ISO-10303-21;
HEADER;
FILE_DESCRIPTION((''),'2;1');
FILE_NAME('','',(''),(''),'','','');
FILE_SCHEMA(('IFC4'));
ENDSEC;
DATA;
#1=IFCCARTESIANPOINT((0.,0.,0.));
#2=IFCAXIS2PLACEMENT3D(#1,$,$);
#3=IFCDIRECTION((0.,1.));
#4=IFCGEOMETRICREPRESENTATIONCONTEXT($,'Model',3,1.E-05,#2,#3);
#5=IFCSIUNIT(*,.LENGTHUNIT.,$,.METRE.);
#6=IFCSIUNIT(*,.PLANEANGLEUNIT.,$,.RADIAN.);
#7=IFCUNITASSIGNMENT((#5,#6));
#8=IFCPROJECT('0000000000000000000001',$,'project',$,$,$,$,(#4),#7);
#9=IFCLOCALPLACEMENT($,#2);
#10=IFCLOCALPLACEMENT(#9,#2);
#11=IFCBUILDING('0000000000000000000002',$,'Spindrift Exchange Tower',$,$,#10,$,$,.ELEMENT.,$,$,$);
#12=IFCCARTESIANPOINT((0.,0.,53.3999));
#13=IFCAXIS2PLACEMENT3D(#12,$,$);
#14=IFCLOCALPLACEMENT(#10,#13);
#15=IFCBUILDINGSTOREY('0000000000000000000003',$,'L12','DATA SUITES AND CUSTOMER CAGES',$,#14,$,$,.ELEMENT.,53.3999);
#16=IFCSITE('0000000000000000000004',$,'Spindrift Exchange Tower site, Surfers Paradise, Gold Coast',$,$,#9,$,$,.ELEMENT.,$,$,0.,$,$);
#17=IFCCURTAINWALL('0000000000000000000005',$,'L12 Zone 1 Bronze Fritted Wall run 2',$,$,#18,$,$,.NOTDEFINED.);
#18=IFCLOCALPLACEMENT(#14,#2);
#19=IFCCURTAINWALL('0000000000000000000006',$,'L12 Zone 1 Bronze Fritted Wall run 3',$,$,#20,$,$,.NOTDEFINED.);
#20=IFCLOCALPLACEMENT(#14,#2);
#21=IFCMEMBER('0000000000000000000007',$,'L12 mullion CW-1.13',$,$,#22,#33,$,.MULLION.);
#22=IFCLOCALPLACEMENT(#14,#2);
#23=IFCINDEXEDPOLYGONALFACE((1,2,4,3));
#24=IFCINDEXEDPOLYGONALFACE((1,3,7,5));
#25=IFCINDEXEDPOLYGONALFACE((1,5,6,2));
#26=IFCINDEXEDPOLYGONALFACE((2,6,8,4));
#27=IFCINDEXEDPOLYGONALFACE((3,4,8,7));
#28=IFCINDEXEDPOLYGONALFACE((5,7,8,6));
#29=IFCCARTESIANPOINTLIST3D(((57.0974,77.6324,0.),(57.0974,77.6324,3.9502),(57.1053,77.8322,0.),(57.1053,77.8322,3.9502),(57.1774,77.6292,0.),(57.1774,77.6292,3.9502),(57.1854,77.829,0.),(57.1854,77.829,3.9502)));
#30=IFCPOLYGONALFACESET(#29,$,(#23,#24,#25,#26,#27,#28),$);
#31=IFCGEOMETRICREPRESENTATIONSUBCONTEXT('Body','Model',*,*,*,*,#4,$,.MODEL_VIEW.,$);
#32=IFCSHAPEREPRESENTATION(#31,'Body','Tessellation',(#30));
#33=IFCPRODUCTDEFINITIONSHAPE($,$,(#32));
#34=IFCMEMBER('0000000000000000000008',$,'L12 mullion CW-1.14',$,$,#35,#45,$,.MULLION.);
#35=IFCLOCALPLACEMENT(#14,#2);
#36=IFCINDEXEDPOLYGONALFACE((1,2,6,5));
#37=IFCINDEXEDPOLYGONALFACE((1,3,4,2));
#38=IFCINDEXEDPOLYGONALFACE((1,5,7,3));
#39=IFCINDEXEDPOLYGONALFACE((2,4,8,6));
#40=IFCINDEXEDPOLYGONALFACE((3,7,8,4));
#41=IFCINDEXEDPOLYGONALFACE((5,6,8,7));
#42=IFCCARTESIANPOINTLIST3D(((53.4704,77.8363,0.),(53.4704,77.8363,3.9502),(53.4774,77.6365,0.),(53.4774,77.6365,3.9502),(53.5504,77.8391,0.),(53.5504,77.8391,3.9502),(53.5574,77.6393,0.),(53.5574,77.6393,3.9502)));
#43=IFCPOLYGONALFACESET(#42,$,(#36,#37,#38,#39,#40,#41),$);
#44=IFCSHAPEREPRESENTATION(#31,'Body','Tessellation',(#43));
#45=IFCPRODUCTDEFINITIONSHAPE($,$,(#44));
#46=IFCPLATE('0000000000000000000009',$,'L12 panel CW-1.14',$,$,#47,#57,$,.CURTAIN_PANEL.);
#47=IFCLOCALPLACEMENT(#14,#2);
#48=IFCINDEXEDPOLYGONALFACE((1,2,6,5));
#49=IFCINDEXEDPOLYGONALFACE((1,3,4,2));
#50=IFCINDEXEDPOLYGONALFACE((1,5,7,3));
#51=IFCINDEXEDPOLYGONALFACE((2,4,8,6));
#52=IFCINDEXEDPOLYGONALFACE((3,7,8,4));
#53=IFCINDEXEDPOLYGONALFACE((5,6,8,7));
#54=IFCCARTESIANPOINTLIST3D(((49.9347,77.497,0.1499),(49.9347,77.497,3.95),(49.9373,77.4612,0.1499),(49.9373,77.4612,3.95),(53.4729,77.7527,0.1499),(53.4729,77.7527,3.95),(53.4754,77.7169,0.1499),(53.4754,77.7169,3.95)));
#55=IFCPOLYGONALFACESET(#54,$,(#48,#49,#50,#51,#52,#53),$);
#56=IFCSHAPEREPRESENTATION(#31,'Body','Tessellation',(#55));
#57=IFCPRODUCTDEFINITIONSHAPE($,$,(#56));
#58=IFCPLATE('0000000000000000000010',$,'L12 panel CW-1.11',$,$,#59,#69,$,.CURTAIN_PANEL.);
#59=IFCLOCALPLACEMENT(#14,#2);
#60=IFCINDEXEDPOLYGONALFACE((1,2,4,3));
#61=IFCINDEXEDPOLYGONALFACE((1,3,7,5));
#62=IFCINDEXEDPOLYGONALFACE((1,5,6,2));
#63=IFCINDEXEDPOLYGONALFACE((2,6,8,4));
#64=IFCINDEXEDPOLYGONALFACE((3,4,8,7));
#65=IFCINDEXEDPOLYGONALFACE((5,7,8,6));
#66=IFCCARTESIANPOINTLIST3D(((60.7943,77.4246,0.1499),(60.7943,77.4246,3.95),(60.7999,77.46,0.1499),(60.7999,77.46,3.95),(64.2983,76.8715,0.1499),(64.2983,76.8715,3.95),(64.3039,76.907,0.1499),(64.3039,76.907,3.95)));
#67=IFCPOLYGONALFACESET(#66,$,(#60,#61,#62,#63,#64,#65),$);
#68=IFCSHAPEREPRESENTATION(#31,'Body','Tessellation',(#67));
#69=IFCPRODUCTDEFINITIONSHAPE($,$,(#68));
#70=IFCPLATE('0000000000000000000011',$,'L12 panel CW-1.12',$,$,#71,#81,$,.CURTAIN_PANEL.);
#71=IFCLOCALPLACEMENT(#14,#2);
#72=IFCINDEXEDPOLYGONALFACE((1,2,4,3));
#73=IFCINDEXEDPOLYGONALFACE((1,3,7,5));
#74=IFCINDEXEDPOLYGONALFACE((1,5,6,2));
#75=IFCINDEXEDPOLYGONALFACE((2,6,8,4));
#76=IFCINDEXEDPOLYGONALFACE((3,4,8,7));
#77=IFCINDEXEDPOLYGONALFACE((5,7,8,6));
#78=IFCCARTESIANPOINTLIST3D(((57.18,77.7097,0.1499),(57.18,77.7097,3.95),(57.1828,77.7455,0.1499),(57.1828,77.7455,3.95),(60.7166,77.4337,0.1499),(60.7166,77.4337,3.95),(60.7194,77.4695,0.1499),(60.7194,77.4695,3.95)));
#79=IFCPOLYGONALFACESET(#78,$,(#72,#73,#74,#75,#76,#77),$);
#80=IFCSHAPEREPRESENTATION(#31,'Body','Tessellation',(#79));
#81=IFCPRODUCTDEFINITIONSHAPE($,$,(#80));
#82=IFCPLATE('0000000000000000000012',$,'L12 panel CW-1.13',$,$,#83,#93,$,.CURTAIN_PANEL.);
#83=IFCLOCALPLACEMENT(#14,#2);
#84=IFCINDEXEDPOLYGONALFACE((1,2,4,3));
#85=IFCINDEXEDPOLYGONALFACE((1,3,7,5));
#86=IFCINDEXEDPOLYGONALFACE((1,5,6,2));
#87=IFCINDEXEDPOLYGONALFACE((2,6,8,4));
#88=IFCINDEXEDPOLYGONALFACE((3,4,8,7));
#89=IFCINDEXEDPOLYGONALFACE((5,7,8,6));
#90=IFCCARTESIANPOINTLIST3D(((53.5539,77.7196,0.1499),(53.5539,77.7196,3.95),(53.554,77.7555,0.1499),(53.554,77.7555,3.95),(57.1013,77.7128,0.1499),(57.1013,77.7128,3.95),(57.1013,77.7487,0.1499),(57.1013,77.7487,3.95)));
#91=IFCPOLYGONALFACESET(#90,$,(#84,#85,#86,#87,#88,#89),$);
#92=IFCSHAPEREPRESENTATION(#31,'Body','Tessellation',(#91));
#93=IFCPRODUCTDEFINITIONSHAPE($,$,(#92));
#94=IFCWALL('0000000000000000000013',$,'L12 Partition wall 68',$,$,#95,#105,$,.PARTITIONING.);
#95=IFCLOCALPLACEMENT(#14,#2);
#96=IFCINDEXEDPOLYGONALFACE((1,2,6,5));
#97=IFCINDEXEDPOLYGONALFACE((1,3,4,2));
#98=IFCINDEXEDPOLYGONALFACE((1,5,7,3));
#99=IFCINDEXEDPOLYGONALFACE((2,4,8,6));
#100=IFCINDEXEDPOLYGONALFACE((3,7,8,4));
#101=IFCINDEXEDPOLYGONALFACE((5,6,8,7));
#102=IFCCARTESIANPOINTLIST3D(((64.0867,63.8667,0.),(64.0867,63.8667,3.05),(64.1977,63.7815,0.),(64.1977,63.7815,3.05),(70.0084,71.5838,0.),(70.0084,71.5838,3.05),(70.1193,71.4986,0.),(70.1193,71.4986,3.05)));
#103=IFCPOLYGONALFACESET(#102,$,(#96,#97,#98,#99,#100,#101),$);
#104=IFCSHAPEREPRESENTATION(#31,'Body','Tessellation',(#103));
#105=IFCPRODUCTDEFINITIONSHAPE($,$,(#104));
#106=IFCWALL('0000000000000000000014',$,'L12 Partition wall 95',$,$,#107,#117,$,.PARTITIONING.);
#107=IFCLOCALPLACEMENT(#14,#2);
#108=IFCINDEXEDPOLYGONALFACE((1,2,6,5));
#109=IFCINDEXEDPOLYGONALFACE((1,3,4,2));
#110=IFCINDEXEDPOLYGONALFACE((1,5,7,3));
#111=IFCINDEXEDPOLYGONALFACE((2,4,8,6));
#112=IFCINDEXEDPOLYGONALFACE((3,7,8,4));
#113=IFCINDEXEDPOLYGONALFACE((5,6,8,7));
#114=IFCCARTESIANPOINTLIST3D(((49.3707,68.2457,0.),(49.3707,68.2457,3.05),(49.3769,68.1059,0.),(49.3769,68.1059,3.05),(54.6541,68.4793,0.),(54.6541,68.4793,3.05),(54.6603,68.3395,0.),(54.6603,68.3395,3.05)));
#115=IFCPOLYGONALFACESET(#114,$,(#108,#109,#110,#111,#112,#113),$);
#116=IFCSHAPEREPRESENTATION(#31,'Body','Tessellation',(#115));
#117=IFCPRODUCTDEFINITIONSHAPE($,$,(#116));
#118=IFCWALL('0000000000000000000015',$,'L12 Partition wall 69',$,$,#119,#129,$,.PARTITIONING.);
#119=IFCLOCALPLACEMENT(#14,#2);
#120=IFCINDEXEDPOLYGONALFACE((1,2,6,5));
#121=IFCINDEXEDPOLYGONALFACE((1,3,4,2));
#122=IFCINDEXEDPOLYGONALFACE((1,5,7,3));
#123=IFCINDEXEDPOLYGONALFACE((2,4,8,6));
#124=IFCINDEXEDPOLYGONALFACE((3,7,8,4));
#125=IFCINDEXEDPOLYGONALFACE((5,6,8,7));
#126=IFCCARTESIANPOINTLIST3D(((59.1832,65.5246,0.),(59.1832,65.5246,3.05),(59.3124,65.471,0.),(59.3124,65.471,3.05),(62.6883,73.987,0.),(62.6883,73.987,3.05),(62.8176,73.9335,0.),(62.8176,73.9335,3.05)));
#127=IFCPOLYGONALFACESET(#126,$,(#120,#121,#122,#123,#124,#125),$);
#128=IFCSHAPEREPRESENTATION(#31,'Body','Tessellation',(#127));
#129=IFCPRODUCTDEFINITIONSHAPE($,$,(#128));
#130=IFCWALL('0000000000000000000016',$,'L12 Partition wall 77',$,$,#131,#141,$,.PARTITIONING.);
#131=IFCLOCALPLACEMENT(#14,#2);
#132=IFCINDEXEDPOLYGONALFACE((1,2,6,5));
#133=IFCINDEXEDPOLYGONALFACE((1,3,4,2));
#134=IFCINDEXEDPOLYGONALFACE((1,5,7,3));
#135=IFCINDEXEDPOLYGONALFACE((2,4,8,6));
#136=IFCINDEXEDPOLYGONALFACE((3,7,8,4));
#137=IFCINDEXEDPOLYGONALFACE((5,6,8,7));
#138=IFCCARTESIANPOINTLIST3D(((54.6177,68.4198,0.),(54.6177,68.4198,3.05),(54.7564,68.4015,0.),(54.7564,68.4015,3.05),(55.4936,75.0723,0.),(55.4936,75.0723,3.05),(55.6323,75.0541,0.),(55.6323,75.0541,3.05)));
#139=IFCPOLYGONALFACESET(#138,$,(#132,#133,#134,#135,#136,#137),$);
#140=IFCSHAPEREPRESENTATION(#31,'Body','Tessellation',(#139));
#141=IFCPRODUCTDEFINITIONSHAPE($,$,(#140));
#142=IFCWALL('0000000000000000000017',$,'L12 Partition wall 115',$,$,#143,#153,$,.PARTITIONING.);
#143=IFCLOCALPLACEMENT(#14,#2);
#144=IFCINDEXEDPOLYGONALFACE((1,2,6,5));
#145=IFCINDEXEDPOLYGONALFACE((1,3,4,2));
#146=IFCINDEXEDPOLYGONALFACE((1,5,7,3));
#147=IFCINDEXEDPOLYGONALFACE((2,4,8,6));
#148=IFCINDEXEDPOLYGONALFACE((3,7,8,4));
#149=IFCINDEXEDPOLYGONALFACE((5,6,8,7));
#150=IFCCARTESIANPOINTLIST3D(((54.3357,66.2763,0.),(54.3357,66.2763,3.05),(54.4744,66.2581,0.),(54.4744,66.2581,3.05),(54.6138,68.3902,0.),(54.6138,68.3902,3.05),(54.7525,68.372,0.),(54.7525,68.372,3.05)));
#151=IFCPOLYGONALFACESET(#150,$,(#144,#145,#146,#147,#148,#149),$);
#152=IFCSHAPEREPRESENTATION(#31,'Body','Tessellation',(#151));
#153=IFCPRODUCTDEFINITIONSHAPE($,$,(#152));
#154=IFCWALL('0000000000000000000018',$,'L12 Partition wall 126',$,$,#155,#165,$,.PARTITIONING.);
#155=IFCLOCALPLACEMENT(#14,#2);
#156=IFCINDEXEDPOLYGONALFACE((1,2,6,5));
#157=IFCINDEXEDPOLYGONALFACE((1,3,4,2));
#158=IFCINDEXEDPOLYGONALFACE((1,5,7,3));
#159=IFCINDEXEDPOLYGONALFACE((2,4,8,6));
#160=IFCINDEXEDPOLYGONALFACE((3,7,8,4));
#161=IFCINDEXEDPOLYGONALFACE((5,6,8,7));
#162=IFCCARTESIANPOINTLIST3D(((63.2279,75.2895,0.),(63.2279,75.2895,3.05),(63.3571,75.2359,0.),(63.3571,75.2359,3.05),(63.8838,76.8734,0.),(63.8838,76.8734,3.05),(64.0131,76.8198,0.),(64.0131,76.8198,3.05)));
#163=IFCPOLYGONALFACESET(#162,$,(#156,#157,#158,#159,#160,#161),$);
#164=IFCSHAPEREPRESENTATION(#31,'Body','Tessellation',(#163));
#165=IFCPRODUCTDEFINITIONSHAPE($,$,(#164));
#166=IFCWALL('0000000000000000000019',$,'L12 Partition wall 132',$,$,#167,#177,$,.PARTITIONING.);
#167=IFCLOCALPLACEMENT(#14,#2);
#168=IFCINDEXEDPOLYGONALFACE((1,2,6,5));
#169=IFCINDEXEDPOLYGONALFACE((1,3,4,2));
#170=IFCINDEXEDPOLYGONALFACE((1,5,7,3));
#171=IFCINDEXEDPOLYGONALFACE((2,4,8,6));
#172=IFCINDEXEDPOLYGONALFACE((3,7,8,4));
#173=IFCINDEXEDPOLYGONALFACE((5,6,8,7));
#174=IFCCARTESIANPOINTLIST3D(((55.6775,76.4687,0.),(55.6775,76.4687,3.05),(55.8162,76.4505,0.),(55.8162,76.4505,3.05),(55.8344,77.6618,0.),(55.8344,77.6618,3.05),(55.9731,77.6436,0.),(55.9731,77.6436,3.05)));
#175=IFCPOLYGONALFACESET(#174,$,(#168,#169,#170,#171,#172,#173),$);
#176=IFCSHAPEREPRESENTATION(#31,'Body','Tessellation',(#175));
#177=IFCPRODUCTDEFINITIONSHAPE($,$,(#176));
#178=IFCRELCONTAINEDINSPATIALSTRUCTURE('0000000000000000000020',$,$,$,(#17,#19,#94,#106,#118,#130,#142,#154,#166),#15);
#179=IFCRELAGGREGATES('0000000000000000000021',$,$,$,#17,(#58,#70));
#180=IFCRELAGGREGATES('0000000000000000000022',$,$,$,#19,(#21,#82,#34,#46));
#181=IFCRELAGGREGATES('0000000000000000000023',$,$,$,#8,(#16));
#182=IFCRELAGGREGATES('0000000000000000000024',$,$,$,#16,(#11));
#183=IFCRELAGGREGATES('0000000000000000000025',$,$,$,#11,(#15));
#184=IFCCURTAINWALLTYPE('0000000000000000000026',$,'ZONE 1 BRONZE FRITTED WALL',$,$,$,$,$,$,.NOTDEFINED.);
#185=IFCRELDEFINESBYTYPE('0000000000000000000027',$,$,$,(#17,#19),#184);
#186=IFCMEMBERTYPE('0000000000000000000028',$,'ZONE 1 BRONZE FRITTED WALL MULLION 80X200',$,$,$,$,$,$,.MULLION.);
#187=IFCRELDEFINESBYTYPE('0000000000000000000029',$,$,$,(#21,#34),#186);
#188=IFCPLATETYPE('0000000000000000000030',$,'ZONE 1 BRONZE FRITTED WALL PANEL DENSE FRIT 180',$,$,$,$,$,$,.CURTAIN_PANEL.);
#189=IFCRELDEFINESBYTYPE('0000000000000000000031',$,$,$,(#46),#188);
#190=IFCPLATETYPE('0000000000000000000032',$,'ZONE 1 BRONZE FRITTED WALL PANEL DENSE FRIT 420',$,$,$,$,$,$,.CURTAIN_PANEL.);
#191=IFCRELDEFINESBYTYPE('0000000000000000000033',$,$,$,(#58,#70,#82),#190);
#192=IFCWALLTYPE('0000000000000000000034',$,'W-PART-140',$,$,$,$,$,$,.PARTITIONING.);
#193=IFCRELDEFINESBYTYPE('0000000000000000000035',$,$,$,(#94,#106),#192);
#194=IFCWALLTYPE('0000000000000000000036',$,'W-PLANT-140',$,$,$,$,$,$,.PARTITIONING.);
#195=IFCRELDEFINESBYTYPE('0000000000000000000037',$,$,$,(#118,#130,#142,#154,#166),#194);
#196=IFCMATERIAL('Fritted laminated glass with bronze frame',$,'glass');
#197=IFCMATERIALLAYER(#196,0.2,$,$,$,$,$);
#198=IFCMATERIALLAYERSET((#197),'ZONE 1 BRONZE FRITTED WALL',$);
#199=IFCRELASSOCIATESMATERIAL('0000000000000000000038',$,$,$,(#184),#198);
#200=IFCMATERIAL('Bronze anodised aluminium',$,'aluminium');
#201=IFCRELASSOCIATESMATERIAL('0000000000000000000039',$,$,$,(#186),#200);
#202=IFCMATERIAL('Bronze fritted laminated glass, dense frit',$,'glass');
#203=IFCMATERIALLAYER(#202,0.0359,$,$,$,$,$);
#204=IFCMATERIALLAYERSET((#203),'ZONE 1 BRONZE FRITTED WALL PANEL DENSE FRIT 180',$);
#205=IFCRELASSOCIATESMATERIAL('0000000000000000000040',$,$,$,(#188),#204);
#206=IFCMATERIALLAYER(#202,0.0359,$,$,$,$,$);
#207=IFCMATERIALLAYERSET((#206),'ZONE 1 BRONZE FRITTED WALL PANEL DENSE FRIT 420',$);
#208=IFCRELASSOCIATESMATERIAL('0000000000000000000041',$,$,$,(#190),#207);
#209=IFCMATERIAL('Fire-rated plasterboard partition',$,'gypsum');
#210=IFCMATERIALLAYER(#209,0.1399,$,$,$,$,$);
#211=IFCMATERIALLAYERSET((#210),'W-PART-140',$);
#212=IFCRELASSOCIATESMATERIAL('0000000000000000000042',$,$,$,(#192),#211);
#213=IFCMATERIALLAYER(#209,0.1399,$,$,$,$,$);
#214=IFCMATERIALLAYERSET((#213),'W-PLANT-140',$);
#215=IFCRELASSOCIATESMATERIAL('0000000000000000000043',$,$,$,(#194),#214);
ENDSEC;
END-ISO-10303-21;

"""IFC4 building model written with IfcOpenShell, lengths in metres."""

from ifc_helpers import new_model, si_unit, direction, frame, frame_2d, origin, origin_2d, place, context, subcontext, project, spatial, rectangle, extrude, source, transform, mapped, material, layer, layer_set, material_profile, profile_set, type_object, element, aggregate, save


model = new_model("IFC4")

# Units and contexts
model_context = context("Model", 3, precision=1e-05, world=origin(), true_north=direction((0.0, 1.0)))
body_context = subcontext(model_context, "Body", "Model", "MODEL_VIEW")
ifc_project = project(units=[si_unit("LENGTHUNIT", "METRE"), si_unit("PLANEANGLEUNIT", "RADIAN")], contexts=[model_context])

# Site, building, storey
site_placement = place(None, origin())
site = spatial("IfcSite", under=ifc_project, at=site_placement, Name="Spindrift Exchange Tower site, Surfers Paradise, Gold Coast", CompositionType="ELEMENT", RefElevation=0.0)
building_placement = place(site_placement, origin())
building = spatial("IfcBuilding", under=site, at=building_placement, Name="Spindrift Exchange Tower", CompositionType="ELEMENT")
storey_placement = place(building_placement, frame((0.0, 0.0, 53.3999)))
storey = spatial("IfcBuildingStorey", under=building, at=storey_placement, Name="L12", Description="DATA SUITES AND CUSTOMER CAGES", CompositionType="ELEMENT", Elevation=53.3999)

# Curtain wall
ifc_material_1 = material(Name="Fritted laminated glass with bronze frame", Category="glass")
ifc_layer_1 = layer(ifc_material_1, 0.2)
ifc_layer_set_1 = layer_set([ifc_layer_1], Name="ZONE 1 BRONZE FRITTED WALL")
curtain_wall_type = type_object("IfcCurtainWallType", Name="ZONE 1 BRONZE FRITTED WALL", PredefinedType="NOTDEFINED", material=ifc_layer_set_1)
curtain_wall_1_placement = place(storey_placement, origin())
curtain_wall_1 = element("IfcCurtainWall", 1, at=curtain_wall_1_placement, inside=storey, type_object=curtain_wall_type, Name="L12 Zone 1 Bronze Fritted Wall run 2", PredefinedType="NOTDEFINED")
ifc_material_2 = material(Name="Bronze anodised aluminium", Category="aluminium")

# Curtain wall
curtain_wall_2_placement = place(storey_placement, origin())
curtain_wall_2 = element("IfcCurtainWall", 2, at=curtain_wall_2_placement, inside=storey, type_object=curtain_wall_type, Name="L12 Zone 1 Bronze Fritted Wall run 3", PredefinedType="NOTDEFINED")

# Members
ifc_material_profile_1 = material_profile(ifc_material_2, rectangle(XDim=0.0801, YDim=0.2, at=origin_2d()), Name="ZONE 1 BRONZE FRITTED WALL MULLION 80X200")
ifc_profile_set_1 = profile_set([ifc_material_profile_1], Name="Bronze anodised aluminium")
member_type_1 = type_object("IfcMemberType", Name="ZONE 1 BRONZE FRITTED WALL MULLION 80X200", PredefinedType="MULLION", material=ifc_profile_set_1)
shared_shape_1 = source(origin(), body_context, "Body", "SweptSolid", [
    extrude(rectangle(XDim=0.0801, YDim=0.2, at=origin_2d()), origin(), (0.0, 0.0, 1.0), 3.9502),
])
member_1_placement = place(storey_placement, frame((57.1414, 77.7307, 0.0), z_axis=(0.0, 0.0, 1.0), x_axis=(-0.999204, 0.039893, 0.0)))
member_1 = element("IfcMember", 3, at=member_1_placement, type_object=member_type_1, Name="L12 mullion CW-1.13", PredefinedType="MULLION", context=body_context, shape_type="MappedRepresentation", body=[
    mapped(shared_shape_1, transform((0.0, 0.0, 0.0), scale=1.0)),
])
member_2_placement = place(storey_placement, frame((53.5139, 77.7378, 0.0), z_axis=(0.0, 0.0, 1.0), x_axis=(-0.999384, -0.035105, 0.0)))
member_2 = element("IfcMember", 4, at=member_2_placement, type_object=member_type_1, Name="L12 mullion CW-1.14", PredefinedType="MULLION", context=body_context, shape_type="MappedRepresentation", body=[
    mapped(shared_shape_1, transform((0.0, 0.0, 0.0), scale=1.0)),
])

# Plates
ifc_material_3 = material(Name="Bronze fritted laminated glass, dense frit", Category="glass")
ifc_layer_2 = layer(ifc_material_3, 0.0359)
ifc_layer_set_2 = layer_set([ifc_layer_2], Name="ZONE 1 BRONZE FRITTED WALL PANEL DENSE FRIT 180")
plate_type_1 = type_object("IfcPlateType", Name="ZONE 1 BRONZE FRITTED WALL PANEL DENSE FRIT 180", PredefinedType="CURTAIN_PANEL", material=ifc_layer_set_2)
shared_shape_2 = source(origin(), body_context, "Body", "SweptSolid", [
    extrude(rectangle(XDim=3.5474, YDim=0.0359, at=origin_2d()), origin(), (0.0, 0.0, 1.0), 3.8),
])
plate_1_placement = place(storey_placement, frame((51.7051, 77.6069, 0.1499), z_axis=(0.0, 0.0, 1.0), x_axis=(-0.997398, -0.072091, 0.0)))
plate_1 = element("IfcPlate", 5, at=plate_1_placement, type_object=plate_type_1, Name="L12 panel CW-1.14", PredefinedType="CURTAIN_PANEL", context=body_context, shape_type="MappedRepresentation", body=[
    mapped(shared_shape_2, transform((0.0, 0.0, 0.0), scale=1.0)),
])
ifc_layer_3 = layer(ifc_material_3, 0.0359)
ifc_layer_set_3 = layer_set([ifc_layer_3], Name="ZONE 1 BRONZE FRITTED WALL PANEL DENSE FRIT 420")
plate_type_2 = type_object("IfcPlateType", Name="ZONE 1 BRONZE FRITTED WALL PANEL DENSE FRIT 420", PredefinedType="CURTAIN_PANEL", material=ifc_layer_set_3)
shared_shape_3 = source(origin(), body_context, "Body", "SweptSolid", [
    extrude(rectangle(XDim=3.5474, YDim=0.0359, at=origin_2d()), origin(), (0.0, 0.0, 1.0), 3.8),
])
plate_2_placement = place(storey_placement, frame((62.5491, 77.1658, 0.1499), z_axis=(0.0, 0.0, 1.0), x_axis=(-0.987772, 0.155903, 0.0)))
plate_2 = element("IfcPlate", 6, at=plate_2_placement, type_object=plate_type_2, Name="L12 panel CW-1.11", PredefinedType="CURTAIN_PANEL", context=body_context, shape_type="MappedRepresentation", body=[
    mapped(shared_shape_3, transform((0.0, 0.0, 0.0), scale=1.0)),
])
plate_3_placement = place(storey_placement, frame((58.9497, 77.5896, 0.1499), z_axis=(0.0, 0.0, 1.0), x_axis=(-0.996969, 0.0778, 0.0)))
plate_3 = element("IfcPlate", 7, at=plate_3_placement, type_object=plate_type_2, Name="L12 panel CW-1.12", PredefinedType="CURTAIN_PANEL", context=body_context, shape_type="MappedRepresentation", body=[
    mapped(shared_shape_3, transform((0.0, 0.0, 0.0), scale=1.0)),
])
aggregate(curtain_wall_1, [plate_2, plate_3])
plate_4_placement = place(storey_placement, frame((55.3276, 77.7341, 0.1499), z_axis=(0.0, 0.0, 1.0), x_axis=(-0.999998, 0.00193, 0.0)))
plate_4 = element("IfcPlate", 8, at=plate_4_placement, type_object=plate_type_2, Name="L12 panel CW-1.13", PredefinedType="CURTAIN_PANEL", context=body_context, shape_type="MappedRepresentation", body=[
    mapped(shared_shape_3, transform((0.0, 0.0, 0.0), scale=1.0)),
])
aggregate(curtain_wall_2, [member_1, plate_4, member_2, plate_1])

# Walls
ifc_material_4 = material(Name="Fire-rated plasterboard partition", Category="gypsum")
ifc_layer_4 = layer(ifc_material_4, 0.1399)
ifc_layer_set_4 = layer_set([ifc_layer_4], Name="W-PART-140")
wall_type_1 = type_object("IfcWallType", Name="W-PART-140", PredefinedType="PARTITIONING", material=ifc_layer_set_4)
wall_1_placement = place(storey_placement, frame((64.1421, 63.824, 0.0), z_axis=(0.0, 0.0, 1.0), x_axis=(0.60877, 0.793347, 0.0)))
element("IfcWall", 9, at=wall_1_placement, inside=storey, type_object=wall_type_1, Name="L12 Partition wall 68", PredefinedType="PARTITIONING", context=body_context, shape_type="SweptSolid", body=[
    extrude(rectangle(XDim=9.7273, YDim=0.1399, at=frame_2d((4.8638, 0.0))), origin(), (0.0, 0.0, 1.0), 3.05),
])
wall_2_placement = place(storey_placement, frame((54.6572, 68.4094, 0.0), z_axis=(0.0, 0.0, 1.0), x_axis=(-0.999024, -0.044178, 0.0)))
element("IfcWall", 10, at=wall_2_placement, inside=storey, type_object=wall_type_1, Name="L12 Partition wall 95", PredefinedType="PARTITIONING", context=body_context, shape_type="SweptSolid", body=[
    extrude(rectangle(XDim=5.2886, YDim=0.1399, at=frame_2d((2.6443, 0.0))), origin(), (0.0, 0.0, 1.0), 3.05),
])
ifc_layer_5 = layer(ifc_material_4, 0.1399)
ifc_layer_set_5 = layer_set([ifc_layer_5], Name="W-PLANT-140")
wall_type_2 = type_object("IfcWallType", Name="W-PLANT-140", PredefinedType="PARTITIONING", material=ifc_layer_set_5)
wall_3_placement = place(storey_placement, frame((59.2478, 65.4978, 0.0), z_axis=(0.0, 0.0, 1.0), x_axis=(0.382673, 0.923884, 0.0)))
element("IfcWall", 11, at=wall_3_placement, inside=storey, type_object=wall_type_2, Name="L12 Partition wall 69", PredefinedType="PARTITIONING", context=body_context, shape_type="SweptSolid", body=[
    extrude(rectangle(XDim=9.1597, YDim=0.1399, at=frame_2d((4.5798, 0.0))), origin(), (0.0, 0.0, 1.0), 3.05),
])
wall_4_placement = place(storey_placement, frame((54.687, 68.4106, 0.0), z_axis=(0.0, 0.0, 1.0), x_axis=(0.130548, 0.991442, 0.0)))
element("IfcWall", 12, at=wall_4_placement, inside=storey, type_object=wall_type_2, Name="L12 Partition wall 77", PredefinedType="PARTITIONING", context=body_context, shape_type="SweptSolid", body=[
    extrude(rectangle(XDim=6.71, YDim=0.1399, at=frame_2d((3.355, 0.0))), origin(), (0.0, 0.0, 1.0), 3.05),
])
wall_5_placement = place(storey_placement, frame((54.405, 66.2673, 0.0), z_axis=(0.0, 0.0, 1.0), x_axis=(0.130431, 0.991457, 0.0)))
element("IfcWall", 13, at=wall_5_placement, inside=storey, type_object=wall_type_2, Name="L12 Partition wall 115", PredefinedType="PARTITIONING", context=body_context, shape_type="SweptSolid", body=[
    extrude(rectangle(XDim=2.1321, YDim=0.1399, at=frame_2d((1.0659, 0.0))), origin(), (0.0, 0.0, 1.0), 3.05),
])
wall_6_placement = place(storey_placement, frame((63.2925, 75.2627, 0.0), z_axis=(0.0, 0.0, 1.0), x_axis=(0.382633, 0.923901, 0.0)))
element("IfcWall", 14, at=wall_6_placement, inside=storey, type_object=wall_type_2, Name="L12 Partition wall 126", PredefinedType="PARTITIONING", context=body_context, shape_type="SweptSolid", body=[
    extrude(rectangle(XDim=1.7144, YDim=0.1399, at=frame_2d((0.8572, 0.0))), origin(), (0.0, 0.0, 1.0), 3.05),
])
wall_7_placement = place(storey_placement, frame((55.7468, 76.4597, 0.0), z_axis=(0.0, 0.0, 1.0), x_axis=(0.130449, 0.991455, 0.0)))
element("IfcWall", 15, at=wall_7_placement, inside=storey, type_object=wall_type_2, Name="L12 Partition wall 132", PredefinedType="PARTITIONING", context=body_context, shape_type="SweptSolid", body=[
    extrude(rectangle(XDim=1.2034, YDim=0.1399, at=frame_2d((0.6016, 0.0))), origin(), (0.0, 0.0, 1.0), 3.05),
])

save(model, "model.ifc")
